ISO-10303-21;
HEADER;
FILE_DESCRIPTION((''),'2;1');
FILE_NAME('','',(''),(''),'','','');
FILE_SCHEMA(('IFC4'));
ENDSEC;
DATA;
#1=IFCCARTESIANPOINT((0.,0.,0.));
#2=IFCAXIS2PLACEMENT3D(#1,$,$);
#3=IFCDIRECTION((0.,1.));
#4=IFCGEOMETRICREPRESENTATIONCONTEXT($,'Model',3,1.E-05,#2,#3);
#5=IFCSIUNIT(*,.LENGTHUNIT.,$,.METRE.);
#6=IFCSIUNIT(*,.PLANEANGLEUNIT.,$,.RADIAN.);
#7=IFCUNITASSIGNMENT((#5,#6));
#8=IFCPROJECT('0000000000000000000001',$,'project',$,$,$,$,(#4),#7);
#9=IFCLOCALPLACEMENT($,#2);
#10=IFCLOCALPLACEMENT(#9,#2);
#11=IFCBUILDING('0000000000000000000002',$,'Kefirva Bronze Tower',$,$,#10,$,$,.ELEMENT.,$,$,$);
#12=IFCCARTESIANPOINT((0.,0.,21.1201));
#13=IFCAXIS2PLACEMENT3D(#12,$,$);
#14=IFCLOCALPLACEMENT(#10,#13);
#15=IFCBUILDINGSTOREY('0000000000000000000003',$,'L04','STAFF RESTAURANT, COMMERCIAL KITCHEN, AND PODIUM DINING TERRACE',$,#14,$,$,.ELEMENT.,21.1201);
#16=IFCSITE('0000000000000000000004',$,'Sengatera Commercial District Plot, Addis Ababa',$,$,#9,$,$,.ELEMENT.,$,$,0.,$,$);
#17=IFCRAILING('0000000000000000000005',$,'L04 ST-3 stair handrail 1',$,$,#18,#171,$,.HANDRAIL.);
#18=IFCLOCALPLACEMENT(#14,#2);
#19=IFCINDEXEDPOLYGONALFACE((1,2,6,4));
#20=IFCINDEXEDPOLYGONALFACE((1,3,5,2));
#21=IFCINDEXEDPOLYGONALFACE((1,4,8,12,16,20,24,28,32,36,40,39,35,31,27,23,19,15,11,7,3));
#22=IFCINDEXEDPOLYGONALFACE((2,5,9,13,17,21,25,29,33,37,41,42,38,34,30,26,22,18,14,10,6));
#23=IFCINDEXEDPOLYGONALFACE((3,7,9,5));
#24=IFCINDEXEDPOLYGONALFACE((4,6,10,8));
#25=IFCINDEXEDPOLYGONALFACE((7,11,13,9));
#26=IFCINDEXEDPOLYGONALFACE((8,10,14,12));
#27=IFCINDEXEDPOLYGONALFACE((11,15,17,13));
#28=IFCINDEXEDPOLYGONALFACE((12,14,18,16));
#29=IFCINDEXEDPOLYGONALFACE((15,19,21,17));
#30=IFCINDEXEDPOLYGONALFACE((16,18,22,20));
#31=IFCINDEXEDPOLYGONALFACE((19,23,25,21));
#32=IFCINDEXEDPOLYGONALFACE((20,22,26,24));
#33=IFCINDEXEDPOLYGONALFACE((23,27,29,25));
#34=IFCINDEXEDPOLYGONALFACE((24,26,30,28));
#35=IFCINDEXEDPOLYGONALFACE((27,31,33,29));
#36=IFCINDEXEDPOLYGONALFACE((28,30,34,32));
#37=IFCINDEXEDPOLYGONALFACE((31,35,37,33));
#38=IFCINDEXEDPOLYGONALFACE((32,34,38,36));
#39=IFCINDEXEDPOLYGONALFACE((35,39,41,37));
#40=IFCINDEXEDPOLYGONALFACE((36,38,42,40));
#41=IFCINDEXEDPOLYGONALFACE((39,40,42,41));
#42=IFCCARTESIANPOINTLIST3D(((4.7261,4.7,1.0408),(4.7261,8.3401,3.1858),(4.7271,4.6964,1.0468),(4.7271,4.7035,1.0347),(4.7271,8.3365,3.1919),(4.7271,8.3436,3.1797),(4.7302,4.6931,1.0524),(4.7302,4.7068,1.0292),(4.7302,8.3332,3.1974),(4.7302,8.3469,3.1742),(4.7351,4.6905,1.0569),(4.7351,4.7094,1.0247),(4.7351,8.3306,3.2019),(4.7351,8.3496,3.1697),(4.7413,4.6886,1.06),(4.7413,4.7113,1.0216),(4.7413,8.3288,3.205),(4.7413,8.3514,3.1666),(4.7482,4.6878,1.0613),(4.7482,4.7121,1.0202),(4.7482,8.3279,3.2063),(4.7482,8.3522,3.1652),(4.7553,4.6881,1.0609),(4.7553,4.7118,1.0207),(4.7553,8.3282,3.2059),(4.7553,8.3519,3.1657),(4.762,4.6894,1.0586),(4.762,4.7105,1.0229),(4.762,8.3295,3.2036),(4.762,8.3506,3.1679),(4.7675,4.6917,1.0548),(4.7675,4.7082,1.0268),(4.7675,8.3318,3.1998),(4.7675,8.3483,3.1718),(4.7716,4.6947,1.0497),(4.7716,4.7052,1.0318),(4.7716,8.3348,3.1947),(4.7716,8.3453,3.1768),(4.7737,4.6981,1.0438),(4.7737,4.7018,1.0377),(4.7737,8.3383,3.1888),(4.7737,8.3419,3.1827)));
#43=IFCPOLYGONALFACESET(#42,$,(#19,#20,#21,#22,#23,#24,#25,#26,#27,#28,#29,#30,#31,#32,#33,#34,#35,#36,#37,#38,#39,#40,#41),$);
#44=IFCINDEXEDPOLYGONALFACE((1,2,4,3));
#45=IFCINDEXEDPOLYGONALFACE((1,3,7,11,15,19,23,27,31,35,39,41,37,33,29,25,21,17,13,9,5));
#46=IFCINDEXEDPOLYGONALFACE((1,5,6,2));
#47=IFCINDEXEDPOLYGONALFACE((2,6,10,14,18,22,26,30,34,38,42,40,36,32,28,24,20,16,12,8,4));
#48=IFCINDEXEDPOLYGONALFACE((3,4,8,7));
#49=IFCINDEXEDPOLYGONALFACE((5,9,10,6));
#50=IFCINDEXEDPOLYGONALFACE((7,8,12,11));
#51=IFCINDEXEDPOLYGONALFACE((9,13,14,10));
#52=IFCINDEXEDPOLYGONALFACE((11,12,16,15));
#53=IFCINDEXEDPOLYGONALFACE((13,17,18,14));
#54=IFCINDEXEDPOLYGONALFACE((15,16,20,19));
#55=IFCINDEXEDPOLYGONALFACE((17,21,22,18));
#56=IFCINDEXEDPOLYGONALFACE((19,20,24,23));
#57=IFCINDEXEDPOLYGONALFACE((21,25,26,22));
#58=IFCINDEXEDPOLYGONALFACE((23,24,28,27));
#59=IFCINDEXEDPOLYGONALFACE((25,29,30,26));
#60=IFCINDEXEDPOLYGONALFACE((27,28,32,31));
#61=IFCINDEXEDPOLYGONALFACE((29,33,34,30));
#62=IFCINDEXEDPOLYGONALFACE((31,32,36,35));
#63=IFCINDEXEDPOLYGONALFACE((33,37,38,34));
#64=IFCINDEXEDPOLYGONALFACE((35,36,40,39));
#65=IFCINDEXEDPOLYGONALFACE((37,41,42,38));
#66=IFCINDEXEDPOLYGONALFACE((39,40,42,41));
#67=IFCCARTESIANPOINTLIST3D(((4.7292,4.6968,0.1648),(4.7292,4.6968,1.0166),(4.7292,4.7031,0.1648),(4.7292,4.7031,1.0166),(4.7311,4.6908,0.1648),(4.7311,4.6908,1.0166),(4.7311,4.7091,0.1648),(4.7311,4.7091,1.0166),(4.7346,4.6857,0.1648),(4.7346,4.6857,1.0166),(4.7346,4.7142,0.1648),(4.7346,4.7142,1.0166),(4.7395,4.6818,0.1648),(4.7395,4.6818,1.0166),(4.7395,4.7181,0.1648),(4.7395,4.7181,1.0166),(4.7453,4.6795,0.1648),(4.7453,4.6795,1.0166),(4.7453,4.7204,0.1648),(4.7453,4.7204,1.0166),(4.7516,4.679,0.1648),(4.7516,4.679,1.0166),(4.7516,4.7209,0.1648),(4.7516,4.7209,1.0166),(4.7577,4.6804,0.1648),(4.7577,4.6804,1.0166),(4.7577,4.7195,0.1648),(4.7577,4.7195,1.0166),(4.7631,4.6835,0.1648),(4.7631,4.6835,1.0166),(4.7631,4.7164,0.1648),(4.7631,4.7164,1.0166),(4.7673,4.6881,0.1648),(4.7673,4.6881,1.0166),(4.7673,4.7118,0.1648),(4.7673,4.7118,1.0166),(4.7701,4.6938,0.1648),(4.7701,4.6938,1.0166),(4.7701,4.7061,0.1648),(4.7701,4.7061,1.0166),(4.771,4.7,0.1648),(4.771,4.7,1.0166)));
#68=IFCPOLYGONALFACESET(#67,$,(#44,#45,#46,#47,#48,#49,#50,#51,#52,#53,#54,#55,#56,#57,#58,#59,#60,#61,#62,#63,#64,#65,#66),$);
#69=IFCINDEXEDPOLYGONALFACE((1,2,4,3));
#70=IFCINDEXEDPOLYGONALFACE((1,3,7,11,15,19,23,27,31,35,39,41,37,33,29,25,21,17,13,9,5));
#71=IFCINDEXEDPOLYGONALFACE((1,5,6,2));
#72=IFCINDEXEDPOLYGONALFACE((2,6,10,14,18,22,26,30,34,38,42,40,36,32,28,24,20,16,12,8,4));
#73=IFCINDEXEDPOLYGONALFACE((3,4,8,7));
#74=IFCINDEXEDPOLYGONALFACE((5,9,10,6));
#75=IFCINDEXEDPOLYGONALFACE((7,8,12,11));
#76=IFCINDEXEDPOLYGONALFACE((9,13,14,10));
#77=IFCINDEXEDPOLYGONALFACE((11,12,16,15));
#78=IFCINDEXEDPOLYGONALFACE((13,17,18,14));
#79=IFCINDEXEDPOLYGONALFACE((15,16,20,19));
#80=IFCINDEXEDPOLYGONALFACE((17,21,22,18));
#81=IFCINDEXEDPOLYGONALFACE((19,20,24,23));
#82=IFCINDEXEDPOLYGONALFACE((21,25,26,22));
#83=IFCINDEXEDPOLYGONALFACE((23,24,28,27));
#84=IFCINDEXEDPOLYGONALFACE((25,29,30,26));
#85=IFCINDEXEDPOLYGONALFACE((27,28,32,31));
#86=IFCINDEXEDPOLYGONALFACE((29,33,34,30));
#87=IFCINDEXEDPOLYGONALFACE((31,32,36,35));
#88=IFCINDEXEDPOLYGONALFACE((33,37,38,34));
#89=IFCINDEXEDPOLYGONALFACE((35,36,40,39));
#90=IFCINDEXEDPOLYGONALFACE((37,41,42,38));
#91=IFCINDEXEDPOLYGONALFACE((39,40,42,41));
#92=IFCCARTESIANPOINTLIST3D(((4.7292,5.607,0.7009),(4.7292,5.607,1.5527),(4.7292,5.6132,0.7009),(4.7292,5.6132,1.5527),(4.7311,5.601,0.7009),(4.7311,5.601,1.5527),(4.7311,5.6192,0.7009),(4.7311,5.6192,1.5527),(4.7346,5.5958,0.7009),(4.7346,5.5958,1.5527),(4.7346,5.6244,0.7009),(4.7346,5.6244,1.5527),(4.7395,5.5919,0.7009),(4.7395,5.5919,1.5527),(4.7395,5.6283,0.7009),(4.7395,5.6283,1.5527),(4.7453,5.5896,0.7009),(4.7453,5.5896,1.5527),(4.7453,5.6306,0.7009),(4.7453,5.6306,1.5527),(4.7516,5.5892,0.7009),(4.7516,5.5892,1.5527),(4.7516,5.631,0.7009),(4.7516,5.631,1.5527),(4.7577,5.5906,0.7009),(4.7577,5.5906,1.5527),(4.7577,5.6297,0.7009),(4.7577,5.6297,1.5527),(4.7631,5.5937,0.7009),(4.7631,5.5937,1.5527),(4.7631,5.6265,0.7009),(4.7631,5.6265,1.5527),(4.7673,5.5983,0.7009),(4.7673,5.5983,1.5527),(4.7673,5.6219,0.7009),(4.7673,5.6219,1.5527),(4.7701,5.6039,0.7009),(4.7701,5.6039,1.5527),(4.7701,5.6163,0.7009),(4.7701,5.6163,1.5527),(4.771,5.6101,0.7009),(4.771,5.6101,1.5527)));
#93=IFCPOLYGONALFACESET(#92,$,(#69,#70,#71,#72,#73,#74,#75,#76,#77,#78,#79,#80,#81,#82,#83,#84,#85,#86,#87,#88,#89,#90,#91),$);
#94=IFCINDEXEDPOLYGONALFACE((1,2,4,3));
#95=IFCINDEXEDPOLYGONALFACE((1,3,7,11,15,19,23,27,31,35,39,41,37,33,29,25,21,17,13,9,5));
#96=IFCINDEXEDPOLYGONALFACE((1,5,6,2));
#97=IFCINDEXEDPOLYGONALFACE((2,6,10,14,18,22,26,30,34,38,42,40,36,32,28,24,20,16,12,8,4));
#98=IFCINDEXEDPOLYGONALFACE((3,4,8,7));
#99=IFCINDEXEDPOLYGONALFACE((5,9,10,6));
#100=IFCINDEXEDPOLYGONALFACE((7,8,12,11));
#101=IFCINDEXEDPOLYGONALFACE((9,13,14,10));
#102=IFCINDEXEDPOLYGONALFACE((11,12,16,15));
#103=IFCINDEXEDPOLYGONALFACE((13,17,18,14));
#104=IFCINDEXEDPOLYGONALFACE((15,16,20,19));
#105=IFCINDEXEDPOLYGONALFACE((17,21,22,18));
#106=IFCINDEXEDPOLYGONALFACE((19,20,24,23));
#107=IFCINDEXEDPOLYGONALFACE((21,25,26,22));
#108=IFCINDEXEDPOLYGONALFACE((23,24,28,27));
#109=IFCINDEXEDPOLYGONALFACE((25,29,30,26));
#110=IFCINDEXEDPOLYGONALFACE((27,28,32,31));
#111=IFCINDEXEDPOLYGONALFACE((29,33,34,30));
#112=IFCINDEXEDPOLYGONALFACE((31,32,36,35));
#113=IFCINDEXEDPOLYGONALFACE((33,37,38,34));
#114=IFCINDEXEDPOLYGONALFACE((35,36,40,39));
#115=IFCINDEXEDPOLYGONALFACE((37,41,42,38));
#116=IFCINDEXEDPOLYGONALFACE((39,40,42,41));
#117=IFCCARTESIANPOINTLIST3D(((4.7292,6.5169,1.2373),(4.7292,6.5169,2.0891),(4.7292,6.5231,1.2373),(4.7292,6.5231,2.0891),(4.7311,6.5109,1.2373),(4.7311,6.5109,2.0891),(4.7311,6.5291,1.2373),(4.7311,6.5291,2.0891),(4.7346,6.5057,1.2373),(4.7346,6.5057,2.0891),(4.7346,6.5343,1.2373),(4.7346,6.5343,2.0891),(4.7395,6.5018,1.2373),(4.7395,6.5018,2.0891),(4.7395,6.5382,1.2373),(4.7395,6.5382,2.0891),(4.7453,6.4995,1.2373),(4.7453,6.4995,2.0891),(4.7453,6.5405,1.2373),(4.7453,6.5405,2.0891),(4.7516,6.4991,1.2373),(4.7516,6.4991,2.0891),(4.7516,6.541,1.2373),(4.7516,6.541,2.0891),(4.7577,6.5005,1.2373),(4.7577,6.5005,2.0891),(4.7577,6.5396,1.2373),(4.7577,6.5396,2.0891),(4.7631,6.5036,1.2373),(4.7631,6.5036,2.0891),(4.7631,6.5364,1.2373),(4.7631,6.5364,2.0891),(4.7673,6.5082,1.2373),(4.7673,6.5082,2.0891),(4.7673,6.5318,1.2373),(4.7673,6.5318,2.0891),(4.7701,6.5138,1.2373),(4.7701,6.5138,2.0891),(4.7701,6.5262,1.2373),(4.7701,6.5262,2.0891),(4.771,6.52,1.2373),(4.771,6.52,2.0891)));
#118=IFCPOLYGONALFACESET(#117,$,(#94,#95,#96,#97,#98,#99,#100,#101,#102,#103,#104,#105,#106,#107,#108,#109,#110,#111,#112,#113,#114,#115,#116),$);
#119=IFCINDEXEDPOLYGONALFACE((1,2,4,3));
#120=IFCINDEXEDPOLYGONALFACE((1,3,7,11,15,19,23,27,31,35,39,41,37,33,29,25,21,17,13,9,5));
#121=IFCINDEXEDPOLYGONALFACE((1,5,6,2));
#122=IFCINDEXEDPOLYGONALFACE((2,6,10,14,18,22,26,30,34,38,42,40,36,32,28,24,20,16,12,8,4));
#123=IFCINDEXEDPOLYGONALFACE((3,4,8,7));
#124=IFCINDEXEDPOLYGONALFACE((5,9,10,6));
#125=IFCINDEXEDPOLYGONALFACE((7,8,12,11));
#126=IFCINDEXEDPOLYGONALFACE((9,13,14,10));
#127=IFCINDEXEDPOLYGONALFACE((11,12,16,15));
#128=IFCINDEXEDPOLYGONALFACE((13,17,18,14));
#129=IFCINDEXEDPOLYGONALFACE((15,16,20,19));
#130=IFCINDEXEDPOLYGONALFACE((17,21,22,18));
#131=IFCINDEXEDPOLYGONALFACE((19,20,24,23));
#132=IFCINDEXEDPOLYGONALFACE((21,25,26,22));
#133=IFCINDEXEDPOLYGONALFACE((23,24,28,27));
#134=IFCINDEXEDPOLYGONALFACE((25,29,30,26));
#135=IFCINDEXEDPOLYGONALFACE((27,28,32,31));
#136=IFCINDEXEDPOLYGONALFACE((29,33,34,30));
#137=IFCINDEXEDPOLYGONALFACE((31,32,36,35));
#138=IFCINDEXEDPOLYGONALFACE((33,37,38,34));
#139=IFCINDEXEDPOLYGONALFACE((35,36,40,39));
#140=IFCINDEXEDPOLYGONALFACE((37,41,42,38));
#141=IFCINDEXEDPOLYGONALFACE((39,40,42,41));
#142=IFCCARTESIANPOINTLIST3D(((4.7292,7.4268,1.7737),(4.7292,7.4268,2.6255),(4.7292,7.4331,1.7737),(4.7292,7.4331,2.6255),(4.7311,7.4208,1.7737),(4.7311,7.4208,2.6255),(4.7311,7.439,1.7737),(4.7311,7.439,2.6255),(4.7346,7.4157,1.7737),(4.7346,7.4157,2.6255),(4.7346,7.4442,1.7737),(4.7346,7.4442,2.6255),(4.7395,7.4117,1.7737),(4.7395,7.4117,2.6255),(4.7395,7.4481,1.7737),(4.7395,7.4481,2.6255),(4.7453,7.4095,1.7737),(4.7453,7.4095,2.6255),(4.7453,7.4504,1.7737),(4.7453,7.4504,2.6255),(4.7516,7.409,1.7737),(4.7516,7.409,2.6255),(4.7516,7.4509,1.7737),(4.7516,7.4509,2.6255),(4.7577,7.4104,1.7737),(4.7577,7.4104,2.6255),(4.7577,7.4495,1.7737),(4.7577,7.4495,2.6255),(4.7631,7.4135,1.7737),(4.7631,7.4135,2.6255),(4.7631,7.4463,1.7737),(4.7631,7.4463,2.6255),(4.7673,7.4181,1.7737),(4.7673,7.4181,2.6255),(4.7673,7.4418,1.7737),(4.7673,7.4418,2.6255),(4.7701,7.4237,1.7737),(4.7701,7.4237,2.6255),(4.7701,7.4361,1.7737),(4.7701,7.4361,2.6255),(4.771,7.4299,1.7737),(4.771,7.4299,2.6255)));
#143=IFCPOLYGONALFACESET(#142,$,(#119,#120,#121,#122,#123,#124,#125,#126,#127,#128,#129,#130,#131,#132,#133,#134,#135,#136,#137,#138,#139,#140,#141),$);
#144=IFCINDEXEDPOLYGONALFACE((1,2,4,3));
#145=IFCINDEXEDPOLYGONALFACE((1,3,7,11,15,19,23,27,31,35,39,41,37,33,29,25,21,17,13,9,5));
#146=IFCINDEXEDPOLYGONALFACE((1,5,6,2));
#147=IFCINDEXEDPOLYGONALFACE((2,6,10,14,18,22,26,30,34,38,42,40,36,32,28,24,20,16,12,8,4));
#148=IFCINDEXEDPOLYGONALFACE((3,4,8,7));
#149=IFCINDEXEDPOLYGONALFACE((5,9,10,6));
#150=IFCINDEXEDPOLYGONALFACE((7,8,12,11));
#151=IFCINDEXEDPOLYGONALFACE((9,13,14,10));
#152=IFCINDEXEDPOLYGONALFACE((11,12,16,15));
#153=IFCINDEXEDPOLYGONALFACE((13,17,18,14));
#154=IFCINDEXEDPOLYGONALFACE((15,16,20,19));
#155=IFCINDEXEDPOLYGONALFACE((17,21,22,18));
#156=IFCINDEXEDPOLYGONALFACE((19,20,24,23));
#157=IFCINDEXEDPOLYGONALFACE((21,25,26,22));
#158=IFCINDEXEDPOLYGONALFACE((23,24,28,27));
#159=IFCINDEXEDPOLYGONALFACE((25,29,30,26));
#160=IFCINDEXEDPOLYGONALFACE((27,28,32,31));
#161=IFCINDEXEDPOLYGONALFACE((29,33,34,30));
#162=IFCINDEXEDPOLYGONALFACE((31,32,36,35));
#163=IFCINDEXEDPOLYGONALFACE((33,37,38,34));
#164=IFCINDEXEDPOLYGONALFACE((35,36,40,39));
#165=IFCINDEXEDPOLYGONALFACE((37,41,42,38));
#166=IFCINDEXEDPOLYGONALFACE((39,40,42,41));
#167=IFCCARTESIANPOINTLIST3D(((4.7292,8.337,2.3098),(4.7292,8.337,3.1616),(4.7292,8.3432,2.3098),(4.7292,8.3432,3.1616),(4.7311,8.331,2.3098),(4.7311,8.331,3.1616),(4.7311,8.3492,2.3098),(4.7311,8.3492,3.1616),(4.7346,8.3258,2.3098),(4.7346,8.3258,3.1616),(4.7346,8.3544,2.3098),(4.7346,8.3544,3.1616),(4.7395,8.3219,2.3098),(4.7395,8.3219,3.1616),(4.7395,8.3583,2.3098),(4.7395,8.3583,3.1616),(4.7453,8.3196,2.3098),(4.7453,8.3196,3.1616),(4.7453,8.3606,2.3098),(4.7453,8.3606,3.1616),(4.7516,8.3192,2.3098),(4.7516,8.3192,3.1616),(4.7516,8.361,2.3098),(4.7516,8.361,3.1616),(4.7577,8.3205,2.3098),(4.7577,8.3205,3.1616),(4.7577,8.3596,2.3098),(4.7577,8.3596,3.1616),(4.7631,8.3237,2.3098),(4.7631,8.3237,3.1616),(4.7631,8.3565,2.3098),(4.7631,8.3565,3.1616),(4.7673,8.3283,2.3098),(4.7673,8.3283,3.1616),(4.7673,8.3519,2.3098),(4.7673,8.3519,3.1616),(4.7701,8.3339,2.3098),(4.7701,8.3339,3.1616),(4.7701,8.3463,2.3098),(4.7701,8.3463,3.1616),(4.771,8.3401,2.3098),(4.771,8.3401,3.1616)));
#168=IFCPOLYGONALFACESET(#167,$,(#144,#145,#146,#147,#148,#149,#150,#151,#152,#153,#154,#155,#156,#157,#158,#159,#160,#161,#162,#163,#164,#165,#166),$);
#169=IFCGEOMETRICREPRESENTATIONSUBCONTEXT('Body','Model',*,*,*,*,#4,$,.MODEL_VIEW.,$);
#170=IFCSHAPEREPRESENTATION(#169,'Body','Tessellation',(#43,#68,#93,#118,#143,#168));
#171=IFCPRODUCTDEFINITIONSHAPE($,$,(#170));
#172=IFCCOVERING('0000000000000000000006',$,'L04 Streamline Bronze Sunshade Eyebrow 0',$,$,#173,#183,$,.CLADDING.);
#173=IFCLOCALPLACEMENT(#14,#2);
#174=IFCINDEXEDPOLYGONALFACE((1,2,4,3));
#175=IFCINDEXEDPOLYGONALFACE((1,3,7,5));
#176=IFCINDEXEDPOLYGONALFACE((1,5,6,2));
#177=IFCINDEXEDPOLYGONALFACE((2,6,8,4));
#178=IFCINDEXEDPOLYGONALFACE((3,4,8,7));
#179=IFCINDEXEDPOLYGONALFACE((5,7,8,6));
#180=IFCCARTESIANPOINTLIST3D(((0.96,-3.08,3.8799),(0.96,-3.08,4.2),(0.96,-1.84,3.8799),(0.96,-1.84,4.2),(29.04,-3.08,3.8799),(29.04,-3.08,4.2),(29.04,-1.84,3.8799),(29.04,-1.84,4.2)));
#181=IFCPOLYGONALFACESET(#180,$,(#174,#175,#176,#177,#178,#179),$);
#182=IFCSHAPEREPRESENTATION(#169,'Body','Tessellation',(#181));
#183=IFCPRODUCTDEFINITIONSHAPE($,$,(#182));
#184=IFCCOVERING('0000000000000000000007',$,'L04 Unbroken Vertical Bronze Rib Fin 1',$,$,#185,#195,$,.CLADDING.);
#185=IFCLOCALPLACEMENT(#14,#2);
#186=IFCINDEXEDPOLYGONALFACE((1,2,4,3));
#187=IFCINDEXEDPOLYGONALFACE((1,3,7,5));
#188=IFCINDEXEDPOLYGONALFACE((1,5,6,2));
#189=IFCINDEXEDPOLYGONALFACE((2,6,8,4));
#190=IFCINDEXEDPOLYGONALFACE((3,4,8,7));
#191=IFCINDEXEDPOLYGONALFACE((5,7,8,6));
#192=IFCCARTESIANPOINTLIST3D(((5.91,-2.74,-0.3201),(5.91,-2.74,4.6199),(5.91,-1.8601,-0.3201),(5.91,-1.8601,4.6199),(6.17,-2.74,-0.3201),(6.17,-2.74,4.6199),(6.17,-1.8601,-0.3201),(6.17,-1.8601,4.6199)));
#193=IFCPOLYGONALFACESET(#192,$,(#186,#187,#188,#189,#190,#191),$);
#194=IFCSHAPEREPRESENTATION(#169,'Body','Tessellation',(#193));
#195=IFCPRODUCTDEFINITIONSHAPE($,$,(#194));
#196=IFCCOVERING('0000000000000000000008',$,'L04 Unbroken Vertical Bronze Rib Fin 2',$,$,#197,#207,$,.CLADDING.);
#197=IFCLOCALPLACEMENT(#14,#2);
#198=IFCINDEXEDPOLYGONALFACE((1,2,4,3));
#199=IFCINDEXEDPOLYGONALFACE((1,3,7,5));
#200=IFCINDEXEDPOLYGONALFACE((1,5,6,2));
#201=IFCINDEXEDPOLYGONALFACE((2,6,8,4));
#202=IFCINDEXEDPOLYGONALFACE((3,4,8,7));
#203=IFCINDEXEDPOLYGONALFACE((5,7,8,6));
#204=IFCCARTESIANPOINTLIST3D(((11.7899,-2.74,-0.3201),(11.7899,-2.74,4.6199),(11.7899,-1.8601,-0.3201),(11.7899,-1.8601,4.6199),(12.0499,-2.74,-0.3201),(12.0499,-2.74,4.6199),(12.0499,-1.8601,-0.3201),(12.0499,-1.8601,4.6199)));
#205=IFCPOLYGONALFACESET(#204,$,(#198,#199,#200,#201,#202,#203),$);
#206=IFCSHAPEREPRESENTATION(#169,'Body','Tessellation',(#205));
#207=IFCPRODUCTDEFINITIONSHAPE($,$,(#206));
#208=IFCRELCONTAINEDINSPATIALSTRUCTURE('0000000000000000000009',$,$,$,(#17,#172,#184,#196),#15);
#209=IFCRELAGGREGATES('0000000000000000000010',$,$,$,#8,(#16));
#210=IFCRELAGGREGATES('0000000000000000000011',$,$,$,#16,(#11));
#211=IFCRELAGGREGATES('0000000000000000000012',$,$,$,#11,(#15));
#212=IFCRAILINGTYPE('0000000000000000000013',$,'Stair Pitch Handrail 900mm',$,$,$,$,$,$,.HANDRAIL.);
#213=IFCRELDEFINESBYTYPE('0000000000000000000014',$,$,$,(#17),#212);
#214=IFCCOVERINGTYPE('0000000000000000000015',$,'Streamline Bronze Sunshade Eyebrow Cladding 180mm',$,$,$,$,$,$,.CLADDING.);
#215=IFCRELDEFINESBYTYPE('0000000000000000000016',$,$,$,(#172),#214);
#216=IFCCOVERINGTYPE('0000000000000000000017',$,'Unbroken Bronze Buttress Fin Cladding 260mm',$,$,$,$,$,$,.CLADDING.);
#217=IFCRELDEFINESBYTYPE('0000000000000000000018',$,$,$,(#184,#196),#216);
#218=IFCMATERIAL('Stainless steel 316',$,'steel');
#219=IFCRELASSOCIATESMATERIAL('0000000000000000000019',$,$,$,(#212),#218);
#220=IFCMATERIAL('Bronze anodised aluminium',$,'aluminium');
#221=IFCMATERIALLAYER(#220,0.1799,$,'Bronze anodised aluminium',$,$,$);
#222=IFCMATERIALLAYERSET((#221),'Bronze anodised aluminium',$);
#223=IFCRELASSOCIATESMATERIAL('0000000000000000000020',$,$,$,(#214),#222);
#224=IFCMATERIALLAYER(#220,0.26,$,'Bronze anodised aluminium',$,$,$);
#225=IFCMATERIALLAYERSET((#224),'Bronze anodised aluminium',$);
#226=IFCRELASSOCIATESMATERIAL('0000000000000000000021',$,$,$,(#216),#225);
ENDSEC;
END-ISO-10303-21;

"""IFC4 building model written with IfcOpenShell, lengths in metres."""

from ifc_helpers import new_model, si_unit, direction, frame, origin, origin_2d, place, context, subcontext, project, spatial, rectangle, circle, extrude, material, layer, layer_set, type_object, element, save


model = new_model("IFC4")

# Units and contexts
model_context = context("Model", 3, precision=1e-05, world=origin(), true_north=direction((0.0, 1.0)))
body_context = subcontext(model_context, "Body", "Model", "MODEL_VIEW")
ifc_project = project(units=[si_unit("LENGTHUNIT", "METRE"), si_unit("PLANEANGLEUNIT", "RADIAN")], contexts=[model_context])

# Site, building, storey
site_placement = place(None, origin())
site = spatial("IfcSite", under=ifc_project, at=site_placement, Name="Sengatera Commercial District Plot, Addis Ababa", CompositionType="ELEMENT", RefElevation=0.0)
building_placement = place(site_placement, origin())
building = spatial("IfcBuilding", under=site, at=building_placement, Name="Kefirva Bronze Tower", CompositionType="ELEMENT")
storey_placement = place(building_placement, frame((0.0, 0.0, 21.1201)))
storey = spatial("IfcBuildingStorey", under=building, at=storey_placement, Name="L04", Description="STAFF RESTAURANT, COMMERCIAL KITCHEN, AND PODIUM DINING TERRACE", CompositionType="ELEMENT", Elevation=21.1201)

# Shared definitions
ifc_material_1 = material(Name="Bronze anodised aluminium", Category="aluminium")

# Railing
ifc_material_2 = material(Name="Stainless steel 316", Category="steel")
railing_type = type_object("IfcRailingType", Name="Stair Pitch Handrail 900mm", PredefinedType="HANDRAIL", material=ifc_material_2)
railing_placement = place(storey_placement, frame((4.75, 4.7, 0.1648)))
element("IfcRailing", 1, at=railing_placement, inside=storey, type_object=railing_type, Name="L04 ST-3 stair handrail 1", PredefinedType="HANDRAIL", context=body_context, shape_type="SweptSolid", body=[
    extrude(circle(Radius=0.0239, at=origin_2d()), frame((0.0, 0.0, 0.876), z_axis=(0.0, 0.861545, 0.507682), x_axis=(-1.0, 0.0, 0.0)), (0.0, 0.0, 1.0), 4.2251),
    extrude(circle(Radius=0.021, at=origin_2d()), origin(), (0.0, 0.0, 1.0), 0.8518),
    extrude(circle(Radius=0.021, at=origin_2d()), frame((0.0, 0.9102, 0.5361)), (0.0, 0.0, 1.0), 0.8518),
    extrude(circle(Radius=0.021, at=origin_2d()), frame((0.0, 1.8201, 1.0725)), (0.0, 0.0, 1.0), 0.8518),
    extrude(circle(Radius=0.021, at=origin_2d()), frame((0.0, 2.73, 1.6089)), (0.0, 0.0, 1.0), 0.8518),
    extrude(circle(Radius=0.021, at=origin_2d()), frame((0.0, 3.6401, 2.145)), (0.0, 0.0, 1.0), 0.8518),
])

# Coverings
ifc_layer_1 = layer(ifc_material_1, 0.1799, Name="Bronze anodised aluminium")
ifc_layer_set_1 = layer_set([ifc_layer_1], Name="Bronze anodised aluminium")
covering_type_1 = type_object("IfcCoveringType", Name="Streamline Bronze Sunshade Eyebrow Cladding 180mm", PredefinedType="CLADDING", material=ifc_layer_set_1)
covering_1_placement = place(storey_placement, frame((15.0, -2.46, 3.8799), z_axis=(0.0, 0.0, 1.0), x_axis=(1.0, 0.0, 0.0)))
element("IfcCovering", 2, at=covering_1_placement, inside=storey, type_object=covering_type_1, Name="L04 Streamline Bronze Sunshade Eyebrow 0", PredefinedType="CLADDING", context=body_context, shape_type="SweptSolid", body=[
    extrude(rectangle(XDim=28.0801, YDim=1.24, at=origin_2d()), origin(), (0.0, 0.0, 1.0), 0.3201),
])
ifc_layer_2 = layer(ifc_material_1, 0.26, Name="Bronze anodised aluminium")
ifc_layer_set_2 = layer_set([ifc_layer_2], Name="Bronze anodised aluminium")
covering_type_2 = type_object("IfcCoveringType", Name="Unbroken Bronze Buttress Fin Cladding 260mm", PredefinedType="CLADDING", material=ifc_layer_set_2)
for number, where, z_axis, x_axis, name in (
    (3, (6.04, -2.3, -0.3201), (0.0, 0.0, 1.0), (1.0, 0.0, 0.0), "L04 Unbroken Vertical Bronze Rib Fin 1"),
    (4, (11.9199, -2.3, -0.3201), (0.0, 0.0, 1.0), (1.0, 0.0, 0.0), "L04 Unbroken Vertical Bronze Rib Fin 2"),
):
    element("IfcCovering", number, at=place(storey_placement, frame(where, z_axis=z_axis, x_axis=x_axis)), inside=storey, type_object=covering_type_2, Name=name, PredefinedType="CLADDING", context=body_context, shape_type="SweptSolid", body=[
        extrude(rectangle(XDim=0.26, YDim=0.8799, at=origin_2d()), origin(), (0.0, 0.0, 1.0), 4.9399),
    ])

save(model, "model.ifc")
